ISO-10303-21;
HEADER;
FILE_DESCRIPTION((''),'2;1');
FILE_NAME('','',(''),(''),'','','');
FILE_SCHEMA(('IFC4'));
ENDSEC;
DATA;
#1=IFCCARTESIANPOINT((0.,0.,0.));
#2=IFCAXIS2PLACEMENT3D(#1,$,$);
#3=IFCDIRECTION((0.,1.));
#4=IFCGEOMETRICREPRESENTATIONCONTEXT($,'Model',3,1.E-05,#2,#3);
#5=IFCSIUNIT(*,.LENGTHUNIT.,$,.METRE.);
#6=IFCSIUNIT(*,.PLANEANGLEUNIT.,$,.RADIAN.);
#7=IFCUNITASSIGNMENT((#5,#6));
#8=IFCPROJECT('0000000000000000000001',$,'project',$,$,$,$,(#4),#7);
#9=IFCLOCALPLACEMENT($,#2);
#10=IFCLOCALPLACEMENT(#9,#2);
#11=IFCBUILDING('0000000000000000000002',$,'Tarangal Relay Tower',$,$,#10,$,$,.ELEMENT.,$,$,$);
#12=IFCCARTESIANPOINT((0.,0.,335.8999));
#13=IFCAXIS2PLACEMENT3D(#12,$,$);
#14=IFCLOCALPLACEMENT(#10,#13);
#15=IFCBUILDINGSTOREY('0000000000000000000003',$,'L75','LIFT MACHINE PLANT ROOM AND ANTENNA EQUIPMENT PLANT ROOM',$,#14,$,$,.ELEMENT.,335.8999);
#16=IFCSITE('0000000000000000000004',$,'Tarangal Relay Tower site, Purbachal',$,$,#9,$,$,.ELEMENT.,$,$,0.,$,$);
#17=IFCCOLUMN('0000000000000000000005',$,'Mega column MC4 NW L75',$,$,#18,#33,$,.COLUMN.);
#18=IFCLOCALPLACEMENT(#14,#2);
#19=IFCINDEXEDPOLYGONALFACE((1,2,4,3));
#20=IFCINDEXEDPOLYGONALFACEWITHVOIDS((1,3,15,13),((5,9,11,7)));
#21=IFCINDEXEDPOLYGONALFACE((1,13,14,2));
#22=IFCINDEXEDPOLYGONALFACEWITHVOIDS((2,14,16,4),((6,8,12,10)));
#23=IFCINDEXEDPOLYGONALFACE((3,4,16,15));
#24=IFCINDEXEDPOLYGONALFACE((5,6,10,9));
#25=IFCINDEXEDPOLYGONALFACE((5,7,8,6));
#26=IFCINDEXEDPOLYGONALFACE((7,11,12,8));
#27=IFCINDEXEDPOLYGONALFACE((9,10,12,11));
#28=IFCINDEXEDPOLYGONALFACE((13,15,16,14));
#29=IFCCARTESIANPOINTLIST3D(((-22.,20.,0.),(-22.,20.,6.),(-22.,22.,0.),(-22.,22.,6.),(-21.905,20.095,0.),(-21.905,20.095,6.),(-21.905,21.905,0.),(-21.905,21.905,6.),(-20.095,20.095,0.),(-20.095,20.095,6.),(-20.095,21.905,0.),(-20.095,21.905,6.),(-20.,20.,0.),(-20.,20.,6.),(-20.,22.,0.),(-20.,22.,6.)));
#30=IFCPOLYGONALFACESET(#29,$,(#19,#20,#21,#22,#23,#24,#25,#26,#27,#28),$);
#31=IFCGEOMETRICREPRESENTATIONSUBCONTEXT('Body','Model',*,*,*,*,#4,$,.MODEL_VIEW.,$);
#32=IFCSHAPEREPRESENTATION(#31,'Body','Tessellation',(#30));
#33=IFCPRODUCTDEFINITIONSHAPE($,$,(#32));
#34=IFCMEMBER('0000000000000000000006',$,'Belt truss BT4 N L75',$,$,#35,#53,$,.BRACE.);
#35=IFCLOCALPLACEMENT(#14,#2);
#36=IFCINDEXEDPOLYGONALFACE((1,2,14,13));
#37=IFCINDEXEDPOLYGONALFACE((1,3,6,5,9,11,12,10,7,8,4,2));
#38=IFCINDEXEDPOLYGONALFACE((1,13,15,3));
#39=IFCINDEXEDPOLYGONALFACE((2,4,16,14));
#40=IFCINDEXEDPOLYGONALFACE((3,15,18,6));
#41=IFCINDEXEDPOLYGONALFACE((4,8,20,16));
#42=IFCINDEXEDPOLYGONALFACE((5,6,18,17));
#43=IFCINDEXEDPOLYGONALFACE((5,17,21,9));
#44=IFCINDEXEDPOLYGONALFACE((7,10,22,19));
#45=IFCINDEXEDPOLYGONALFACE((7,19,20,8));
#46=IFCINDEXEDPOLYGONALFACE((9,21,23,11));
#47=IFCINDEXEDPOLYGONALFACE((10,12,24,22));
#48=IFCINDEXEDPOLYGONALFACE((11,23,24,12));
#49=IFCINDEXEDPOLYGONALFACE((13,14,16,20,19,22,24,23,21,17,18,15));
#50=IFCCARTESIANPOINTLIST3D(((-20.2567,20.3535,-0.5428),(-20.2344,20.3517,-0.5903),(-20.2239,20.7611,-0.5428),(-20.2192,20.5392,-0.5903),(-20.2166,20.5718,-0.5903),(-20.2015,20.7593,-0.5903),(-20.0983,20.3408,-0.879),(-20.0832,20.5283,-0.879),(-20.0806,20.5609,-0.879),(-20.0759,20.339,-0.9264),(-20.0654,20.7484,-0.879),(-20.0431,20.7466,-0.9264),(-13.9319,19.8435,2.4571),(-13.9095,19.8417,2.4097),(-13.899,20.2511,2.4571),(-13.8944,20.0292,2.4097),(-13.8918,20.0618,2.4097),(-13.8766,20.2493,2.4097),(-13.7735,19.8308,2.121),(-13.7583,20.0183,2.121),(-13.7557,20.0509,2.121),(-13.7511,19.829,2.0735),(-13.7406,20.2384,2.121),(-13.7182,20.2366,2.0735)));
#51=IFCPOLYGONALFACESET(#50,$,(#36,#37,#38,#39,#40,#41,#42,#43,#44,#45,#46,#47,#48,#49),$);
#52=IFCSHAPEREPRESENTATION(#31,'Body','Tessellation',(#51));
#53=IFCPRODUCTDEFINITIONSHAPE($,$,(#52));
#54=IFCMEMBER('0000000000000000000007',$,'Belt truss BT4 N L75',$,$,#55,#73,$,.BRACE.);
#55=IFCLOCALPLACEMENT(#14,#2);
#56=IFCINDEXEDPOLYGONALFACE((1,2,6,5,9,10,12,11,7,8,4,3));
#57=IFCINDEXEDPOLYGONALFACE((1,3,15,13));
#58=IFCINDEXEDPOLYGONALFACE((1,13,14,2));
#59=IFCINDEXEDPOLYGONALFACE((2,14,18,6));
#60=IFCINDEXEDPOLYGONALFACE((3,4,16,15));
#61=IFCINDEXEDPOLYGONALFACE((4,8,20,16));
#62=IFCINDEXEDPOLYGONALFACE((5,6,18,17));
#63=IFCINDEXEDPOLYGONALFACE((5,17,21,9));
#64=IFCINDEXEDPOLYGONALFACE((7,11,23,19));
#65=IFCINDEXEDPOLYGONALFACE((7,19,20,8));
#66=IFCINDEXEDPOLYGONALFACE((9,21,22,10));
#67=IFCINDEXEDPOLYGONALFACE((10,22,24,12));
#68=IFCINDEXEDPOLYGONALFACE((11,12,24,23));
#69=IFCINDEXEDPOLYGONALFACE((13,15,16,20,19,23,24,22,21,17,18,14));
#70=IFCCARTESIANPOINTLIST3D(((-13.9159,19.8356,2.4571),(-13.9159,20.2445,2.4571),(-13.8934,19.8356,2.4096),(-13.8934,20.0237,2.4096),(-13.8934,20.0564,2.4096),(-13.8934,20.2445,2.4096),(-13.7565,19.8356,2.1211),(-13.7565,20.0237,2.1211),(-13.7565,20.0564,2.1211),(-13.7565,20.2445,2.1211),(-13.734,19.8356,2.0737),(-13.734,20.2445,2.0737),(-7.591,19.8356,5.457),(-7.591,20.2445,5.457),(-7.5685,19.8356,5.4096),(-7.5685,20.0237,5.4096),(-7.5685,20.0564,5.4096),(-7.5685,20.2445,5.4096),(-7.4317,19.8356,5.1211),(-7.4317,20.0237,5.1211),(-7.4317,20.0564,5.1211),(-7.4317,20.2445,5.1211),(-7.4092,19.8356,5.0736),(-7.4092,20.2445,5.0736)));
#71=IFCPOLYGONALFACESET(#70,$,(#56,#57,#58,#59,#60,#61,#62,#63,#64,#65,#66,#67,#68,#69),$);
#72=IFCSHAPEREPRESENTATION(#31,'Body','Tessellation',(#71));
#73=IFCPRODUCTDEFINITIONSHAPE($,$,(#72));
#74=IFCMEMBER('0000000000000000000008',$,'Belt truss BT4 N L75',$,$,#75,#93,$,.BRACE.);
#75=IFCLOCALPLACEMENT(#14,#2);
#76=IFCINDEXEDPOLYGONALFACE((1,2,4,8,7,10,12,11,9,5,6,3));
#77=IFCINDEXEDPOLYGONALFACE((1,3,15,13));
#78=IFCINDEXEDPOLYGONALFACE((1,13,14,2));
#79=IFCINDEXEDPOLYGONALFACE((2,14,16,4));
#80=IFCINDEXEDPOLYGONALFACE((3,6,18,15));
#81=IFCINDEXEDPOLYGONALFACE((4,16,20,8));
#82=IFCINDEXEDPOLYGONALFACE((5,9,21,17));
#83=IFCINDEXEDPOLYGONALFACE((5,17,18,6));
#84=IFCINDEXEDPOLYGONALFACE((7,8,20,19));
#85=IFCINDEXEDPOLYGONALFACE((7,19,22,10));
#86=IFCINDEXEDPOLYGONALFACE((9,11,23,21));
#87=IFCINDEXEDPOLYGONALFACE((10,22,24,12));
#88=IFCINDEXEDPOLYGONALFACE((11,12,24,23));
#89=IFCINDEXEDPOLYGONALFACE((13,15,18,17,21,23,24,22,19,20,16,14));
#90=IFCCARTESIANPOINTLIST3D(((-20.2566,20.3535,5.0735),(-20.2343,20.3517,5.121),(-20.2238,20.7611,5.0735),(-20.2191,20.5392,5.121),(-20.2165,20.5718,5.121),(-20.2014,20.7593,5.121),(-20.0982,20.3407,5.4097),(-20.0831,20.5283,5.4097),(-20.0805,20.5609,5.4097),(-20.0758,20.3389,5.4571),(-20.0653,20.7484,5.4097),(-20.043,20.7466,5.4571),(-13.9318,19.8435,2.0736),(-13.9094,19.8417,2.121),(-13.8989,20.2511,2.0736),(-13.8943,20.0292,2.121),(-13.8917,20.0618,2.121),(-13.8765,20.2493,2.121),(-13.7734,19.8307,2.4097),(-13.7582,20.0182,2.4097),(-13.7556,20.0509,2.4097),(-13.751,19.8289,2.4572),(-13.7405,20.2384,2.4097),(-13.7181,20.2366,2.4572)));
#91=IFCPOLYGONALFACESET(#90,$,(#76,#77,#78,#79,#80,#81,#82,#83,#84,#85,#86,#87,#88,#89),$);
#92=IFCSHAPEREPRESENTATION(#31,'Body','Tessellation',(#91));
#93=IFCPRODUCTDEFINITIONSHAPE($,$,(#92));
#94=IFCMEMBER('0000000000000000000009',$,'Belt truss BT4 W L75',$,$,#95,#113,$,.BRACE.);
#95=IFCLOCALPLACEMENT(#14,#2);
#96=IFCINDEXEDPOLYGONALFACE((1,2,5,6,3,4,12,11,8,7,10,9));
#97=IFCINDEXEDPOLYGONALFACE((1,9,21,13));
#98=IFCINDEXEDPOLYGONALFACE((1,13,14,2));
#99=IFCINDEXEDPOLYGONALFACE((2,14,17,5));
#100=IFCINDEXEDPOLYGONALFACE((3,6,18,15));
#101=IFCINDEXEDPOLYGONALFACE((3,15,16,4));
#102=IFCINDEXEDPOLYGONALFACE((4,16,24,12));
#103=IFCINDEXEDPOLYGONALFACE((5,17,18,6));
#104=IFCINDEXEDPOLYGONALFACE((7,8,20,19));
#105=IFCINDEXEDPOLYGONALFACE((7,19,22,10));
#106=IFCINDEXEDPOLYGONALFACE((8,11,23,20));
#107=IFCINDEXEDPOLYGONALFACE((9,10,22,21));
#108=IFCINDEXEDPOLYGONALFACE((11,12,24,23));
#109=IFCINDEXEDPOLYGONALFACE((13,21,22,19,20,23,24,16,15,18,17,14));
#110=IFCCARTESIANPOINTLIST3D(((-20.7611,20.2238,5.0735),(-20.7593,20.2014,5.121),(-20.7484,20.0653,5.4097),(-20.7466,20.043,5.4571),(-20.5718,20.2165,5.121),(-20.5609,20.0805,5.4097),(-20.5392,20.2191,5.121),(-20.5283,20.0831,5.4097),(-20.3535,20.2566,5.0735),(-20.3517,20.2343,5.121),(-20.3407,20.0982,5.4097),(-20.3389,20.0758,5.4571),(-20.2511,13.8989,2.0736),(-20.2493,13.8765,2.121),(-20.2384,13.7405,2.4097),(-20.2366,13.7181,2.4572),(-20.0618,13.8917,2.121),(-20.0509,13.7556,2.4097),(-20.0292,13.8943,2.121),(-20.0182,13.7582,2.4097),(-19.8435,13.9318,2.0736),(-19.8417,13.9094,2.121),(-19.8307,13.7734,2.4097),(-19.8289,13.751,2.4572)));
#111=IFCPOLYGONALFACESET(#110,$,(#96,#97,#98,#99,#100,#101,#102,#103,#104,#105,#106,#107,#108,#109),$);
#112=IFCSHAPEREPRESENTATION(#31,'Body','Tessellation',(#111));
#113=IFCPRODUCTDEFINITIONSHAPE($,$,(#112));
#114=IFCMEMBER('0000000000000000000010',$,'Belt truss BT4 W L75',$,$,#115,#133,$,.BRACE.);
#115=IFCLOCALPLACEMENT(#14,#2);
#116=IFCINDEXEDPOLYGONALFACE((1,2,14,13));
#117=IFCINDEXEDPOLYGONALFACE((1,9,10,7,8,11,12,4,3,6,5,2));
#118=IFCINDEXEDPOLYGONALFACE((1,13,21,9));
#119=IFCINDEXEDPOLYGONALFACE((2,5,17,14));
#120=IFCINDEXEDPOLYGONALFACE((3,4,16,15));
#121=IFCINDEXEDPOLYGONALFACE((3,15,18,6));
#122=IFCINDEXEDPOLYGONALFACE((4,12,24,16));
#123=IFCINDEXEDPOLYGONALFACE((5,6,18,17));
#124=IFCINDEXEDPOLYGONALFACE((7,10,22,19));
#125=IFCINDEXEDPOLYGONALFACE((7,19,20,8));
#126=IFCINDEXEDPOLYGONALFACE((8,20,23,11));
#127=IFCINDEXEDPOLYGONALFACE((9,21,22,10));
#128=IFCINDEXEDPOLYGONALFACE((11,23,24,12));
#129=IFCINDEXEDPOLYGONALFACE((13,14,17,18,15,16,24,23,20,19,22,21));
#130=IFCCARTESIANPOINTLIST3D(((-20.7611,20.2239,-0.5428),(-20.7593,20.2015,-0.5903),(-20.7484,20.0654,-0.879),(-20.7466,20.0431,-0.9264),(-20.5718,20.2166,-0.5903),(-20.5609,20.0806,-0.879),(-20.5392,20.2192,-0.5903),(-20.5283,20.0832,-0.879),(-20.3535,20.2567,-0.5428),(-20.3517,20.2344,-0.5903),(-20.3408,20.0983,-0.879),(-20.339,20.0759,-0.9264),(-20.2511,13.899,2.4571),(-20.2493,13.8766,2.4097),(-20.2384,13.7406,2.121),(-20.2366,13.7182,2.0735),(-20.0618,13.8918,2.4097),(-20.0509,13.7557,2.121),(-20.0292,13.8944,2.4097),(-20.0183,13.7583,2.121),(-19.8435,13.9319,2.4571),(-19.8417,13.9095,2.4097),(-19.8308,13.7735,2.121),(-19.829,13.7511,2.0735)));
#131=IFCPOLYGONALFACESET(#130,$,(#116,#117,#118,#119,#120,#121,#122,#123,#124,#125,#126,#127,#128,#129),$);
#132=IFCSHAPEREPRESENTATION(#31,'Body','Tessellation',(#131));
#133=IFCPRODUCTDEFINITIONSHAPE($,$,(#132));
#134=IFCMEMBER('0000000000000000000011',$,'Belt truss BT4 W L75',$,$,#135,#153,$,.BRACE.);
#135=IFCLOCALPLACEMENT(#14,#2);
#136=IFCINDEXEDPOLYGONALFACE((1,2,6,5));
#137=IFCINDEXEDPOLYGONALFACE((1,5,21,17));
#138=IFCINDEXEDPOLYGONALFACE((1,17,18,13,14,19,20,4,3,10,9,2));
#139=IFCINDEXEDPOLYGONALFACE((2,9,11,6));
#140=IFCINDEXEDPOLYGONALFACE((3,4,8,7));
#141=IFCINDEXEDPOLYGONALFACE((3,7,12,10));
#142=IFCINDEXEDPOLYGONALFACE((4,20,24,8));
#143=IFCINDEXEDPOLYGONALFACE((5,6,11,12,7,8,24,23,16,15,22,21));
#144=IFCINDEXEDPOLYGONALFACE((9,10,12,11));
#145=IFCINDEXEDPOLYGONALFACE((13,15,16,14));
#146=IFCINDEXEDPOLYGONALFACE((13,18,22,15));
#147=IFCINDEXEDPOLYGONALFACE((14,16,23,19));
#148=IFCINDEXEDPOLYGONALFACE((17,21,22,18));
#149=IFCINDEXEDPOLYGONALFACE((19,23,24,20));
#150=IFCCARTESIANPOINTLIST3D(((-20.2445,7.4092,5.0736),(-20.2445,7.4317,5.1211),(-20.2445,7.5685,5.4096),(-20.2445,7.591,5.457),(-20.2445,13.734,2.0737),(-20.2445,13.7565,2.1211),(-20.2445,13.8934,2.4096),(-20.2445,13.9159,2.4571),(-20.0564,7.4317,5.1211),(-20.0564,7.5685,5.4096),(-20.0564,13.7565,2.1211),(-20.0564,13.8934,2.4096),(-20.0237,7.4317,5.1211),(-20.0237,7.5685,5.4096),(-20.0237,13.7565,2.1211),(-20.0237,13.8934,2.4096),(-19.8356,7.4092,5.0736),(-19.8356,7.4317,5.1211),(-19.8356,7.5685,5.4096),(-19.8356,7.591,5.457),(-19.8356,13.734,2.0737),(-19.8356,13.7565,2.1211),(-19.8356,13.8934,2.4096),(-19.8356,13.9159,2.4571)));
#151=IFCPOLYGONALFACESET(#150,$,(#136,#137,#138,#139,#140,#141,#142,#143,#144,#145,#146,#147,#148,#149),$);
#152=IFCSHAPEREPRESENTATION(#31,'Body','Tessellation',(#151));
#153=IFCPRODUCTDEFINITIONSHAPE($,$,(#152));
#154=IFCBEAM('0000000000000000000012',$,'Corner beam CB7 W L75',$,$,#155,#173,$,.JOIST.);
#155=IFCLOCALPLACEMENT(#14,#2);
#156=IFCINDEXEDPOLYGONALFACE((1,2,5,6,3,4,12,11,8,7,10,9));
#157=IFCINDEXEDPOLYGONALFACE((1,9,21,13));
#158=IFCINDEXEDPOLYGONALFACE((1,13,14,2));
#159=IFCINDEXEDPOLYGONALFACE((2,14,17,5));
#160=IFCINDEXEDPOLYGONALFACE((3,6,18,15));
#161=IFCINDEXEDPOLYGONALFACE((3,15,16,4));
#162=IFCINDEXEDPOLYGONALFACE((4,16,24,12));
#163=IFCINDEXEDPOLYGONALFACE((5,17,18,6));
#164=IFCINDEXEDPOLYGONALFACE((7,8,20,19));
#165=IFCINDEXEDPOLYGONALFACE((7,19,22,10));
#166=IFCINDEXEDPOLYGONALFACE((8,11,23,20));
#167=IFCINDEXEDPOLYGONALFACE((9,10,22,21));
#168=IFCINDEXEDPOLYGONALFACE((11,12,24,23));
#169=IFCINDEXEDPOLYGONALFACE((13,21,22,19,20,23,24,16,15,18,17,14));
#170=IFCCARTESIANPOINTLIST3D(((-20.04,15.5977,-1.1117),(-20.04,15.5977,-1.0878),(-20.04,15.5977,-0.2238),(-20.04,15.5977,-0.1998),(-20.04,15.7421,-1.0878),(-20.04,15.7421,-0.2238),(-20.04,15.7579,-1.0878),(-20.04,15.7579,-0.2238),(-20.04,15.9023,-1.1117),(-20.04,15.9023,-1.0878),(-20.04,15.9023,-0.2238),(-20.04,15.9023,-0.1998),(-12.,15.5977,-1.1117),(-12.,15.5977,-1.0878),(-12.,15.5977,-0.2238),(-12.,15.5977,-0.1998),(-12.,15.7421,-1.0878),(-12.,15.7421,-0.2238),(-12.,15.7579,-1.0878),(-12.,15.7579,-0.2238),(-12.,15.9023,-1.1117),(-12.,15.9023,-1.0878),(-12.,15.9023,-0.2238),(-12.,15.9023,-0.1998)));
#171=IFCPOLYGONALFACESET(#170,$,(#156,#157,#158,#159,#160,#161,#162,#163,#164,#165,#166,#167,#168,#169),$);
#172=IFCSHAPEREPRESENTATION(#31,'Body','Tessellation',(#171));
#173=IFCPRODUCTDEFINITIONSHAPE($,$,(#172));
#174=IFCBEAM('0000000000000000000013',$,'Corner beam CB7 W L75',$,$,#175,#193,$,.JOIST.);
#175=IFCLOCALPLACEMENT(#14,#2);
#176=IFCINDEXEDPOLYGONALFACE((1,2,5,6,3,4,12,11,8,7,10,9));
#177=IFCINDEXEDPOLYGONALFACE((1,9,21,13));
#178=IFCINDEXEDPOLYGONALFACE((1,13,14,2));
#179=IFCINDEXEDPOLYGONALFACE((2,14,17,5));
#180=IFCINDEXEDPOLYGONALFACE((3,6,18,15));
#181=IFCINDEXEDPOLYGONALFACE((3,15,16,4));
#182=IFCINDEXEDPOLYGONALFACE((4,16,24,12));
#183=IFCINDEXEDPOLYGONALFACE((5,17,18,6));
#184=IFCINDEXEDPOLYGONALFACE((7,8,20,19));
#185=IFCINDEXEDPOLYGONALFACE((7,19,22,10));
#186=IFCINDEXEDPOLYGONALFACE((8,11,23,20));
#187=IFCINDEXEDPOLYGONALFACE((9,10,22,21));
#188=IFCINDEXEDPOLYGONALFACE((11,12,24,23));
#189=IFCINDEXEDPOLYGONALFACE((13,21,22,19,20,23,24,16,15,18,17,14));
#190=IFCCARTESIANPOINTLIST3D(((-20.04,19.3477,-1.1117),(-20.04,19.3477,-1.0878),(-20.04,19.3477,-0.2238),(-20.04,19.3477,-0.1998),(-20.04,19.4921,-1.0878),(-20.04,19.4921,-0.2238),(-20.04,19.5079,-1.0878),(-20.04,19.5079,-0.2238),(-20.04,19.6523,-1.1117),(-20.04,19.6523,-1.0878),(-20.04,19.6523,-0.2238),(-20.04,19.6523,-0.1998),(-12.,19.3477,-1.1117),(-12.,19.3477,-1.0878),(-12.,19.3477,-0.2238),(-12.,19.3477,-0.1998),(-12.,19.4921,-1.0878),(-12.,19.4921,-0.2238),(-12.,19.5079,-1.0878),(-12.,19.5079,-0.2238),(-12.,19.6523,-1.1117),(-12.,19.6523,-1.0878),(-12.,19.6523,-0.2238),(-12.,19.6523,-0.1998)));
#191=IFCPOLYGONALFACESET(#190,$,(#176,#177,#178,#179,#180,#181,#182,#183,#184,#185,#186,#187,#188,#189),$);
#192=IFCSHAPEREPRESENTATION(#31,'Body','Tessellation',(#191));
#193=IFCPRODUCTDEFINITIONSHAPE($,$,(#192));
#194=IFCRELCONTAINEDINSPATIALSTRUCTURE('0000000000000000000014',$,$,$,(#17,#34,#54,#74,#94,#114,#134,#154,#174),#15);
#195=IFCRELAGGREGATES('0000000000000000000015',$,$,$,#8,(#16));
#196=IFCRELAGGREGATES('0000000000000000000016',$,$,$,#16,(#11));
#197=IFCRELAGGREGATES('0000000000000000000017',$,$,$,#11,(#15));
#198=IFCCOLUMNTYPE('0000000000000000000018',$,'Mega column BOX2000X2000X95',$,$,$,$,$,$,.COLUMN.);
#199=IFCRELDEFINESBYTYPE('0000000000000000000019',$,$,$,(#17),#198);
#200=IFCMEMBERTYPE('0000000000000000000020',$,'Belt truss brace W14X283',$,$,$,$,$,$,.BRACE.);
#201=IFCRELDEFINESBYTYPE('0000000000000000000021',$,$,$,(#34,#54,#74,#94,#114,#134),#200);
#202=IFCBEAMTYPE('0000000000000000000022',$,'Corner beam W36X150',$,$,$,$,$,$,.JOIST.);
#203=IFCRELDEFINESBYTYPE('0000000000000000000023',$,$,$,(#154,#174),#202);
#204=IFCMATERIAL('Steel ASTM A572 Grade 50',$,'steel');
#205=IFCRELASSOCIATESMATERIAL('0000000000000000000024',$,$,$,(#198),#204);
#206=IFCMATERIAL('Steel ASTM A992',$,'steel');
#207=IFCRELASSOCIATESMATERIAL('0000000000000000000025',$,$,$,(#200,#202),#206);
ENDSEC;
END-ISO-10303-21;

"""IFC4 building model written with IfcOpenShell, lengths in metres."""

from ifc_helpers import new_model, si_unit, direction, frame, origin, origin_2d, place, context, subcontext, project, spatial, hollow_rectangle, i_section, extrude, material, material_profile, profile_set, type_object, element, save


model = new_model("IFC4")

# Units and contexts
model_context = context("Model", 3, precision=1e-05, world=origin(), true_north=direction((0.0, 1.0)))
body_context = subcontext(model_context, "Body", "Model", "MODEL_VIEW")
ifc_project = project(units=[si_unit("LENGTHUNIT", "METRE"), si_unit("PLANEANGLEUNIT", "RADIAN")], contexts=[model_context])

# Site, building, storey
site_placement = place(None, origin())
site = spatial("IfcSite", under=ifc_project, at=site_placement, Name="Tarangal Relay Tower site, Purbachal", CompositionType="ELEMENT", RefElevation=0.0)
building_placement = place(site_placement, origin())
building = spatial("IfcBuilding", under=site, at=building_placement, Name="Tarangal Relay Tower", CompositionType="ELEMENT")
storey_placement = place(building_placement, frame((0.0, 0.0, 335.8999)))
storey = spatial("IfcBuildingStorey", under=building, at=storey_placement, Name="L75", Description="LIFT MACHINE PLANT ROOM AND ANTENNA EQUIPMENT PLANT ROOM", CompositionType="ELEMENT", Elevation=335.8999)

# Column
ifc_material_1 = material(Name="Steel ASTM A572 Grade 50", Category="steel")
ifc_material_profile_1 = material_profile(ifc_material_1, hollow_rectangle(XDim=2.0, YDim=2.0, WallThickness=0.095, at=origin_2d()), Name="BOX2000X2000X95")
ifc_profile_set_1 = profile_set([ifc_material_profile_1], Name="Steel ASTM A572 Grade 50")
column_type = type_object("IfcColumnType", Name="Mega column BOX2000X2000X95", PredefinedType="COLUMN", material=ifc_profile_set_1)
column_placement = place(storey_placement, frame((-21.0, 21.0, 0.0), z_axis=(0.0, 0.0, 1.0), x_axis=(1.0, 0.0, 0.0)))
element("IfcColumn", 1, at=column_placement, inside=storey, type_object=column_type, Name="Mega column MC4 NW L75", PredefinedType="COLUMN", context=body_context, shape_type="SweptSolid", body=[
    extrude(hollow_rectangle(XDim=2.0, YDim=2.0, WallThickness=0.095, at=origin_2d()), origin(), (0.0, 0.0, 1.0), 6.0),
])

# Members
ifc_material_2 = material(Name="Steel ASTM A992", Category="steel")
ifc_material_profile_2 = material_profile(ifc_material_2, i_section(OverallWidth=0.4089, OverallDepth=0.4243, WebThickness=0.0327, FlangeThickness=0.0525, at=origin_2d()), Name="W14X283")
ifc_profile_set_2 = profile_set([ifc_material_profile_2], Name="Steel ASTM A992")
member_type_1 = type_object("IfcMemberType", Name="Belt truss brace W14X283", PredefinedType="BRACE", material=ifc_profile_set_2)
member_1_placement = place(storey_placement, frame((-20.1499, 20.55, -0.7346), z_axis=(0.90113, -0.072662, 0.427417), x_axis=(0.080374, 0.996765, 0.0)))
element("IfcMember", 2, at=member_1_placement, inside=storey, type_object=member_type_1, Name="Belt truss BT4 N L75", PredefinedType="BRACE", context=body_context, shape_type="SweptSolid", body=[
    extrude(i_section(OverallWidth=0.4089, OverallDepth=0.4243, WebThickness=0.0327, FlangeThickness=0.0525, at=origin_2d()), origin(), (0.0, 0.0, 1.0), 7.0188),
])
member_2_placement = place(storey_placement, frame((-13.825, 20.04, 2.2654), z_axis=(0.903518, 0.0, 0.42855), x_axis=(0.0, 1.0, 0.0)))
element("IfcMember", 3, at=member_2_placement, inside=storey, type_object=member_type_1, Name="Belt truss BT4 N L75", PredefinedType="BRACE", context=body_context, shape_type="SweptSolid", body=[
    extrude(i_section(OverallWidth=0.4089, OverallDepth=0.4243, WebThickness=0.0327, FlangeThickness=0.0525, at=origin_2d()), origin(), (0.0, 0.0, 1.0), 7.0002),
])
for number, where, z_axis, x_axis, name in (
    (4, (-13.825, 20.04, 2.2654), (-0.90113, 0.072662, 0.427417), (-0.080374, -0.996765, 0.0), "Belt truss BT4 N L75"),
    (5, (-20.04, 13.825, 2.2654), (-0.072662, 0.90113, 0.427417), (-0.996765, -0.080374, 0.0), "Belt truss BT4 W L75"),
    (6, (-20.55, 20.1499, -0.7346), (0.072662, -0.90113, 0.427417), (0.996765, 0.080374, 0.0), "Belt truss BT4 W L75"),
):
    element("IfcMember", number, at=place(storey_placement, frame(where, z_axis=z_axis, x_axis=x_axis)), inside=storey, type_object=member_type_1, Name=name, PredefinedType="BRACE", context=body_context, shape_type="SweptSolid", body=[
        extrude(i_section(OverallWidth=0.4089, OverallDepth=0.4243, WebThickness=0.0327, FlangeThickness=0.0525, at=origin_2d()), origin(), (0.0, 0.0, 1.0), 7.0188),
    ])
member_3_placement = place(storey_placement, frame((-20.04, 13.825, 2.2654), z_axis=(0.0, -0.903518, 0.42855), x_axis=(1.0, 0.0, 0.0)))
element("IfcMember", 7, at=member_3_placement, inside=storey, type_object=member_type_1, Name="Belt truss BT4 W L75", PredefinedType="BRACE", context=body_context, shape_type="SweptSolid", body=[
    extrude(i_section(OverallWidth=0.4089, OverallDepth=0.4243, WebThickness=0.0327, FlangeThickness=0.0525, at=origin_2d()), origin(), (0.0, 0.0, 1.0), 7.0002),
])

# Beams
ifc_material_profile_3 = material_profile(ifc_material_2, i_section(OverallWidth=0.3047, OverallDepth=0.9119, WebThickness=0.0159, FlangeThickness=0.0239, at=origin_2d()), Name="W36X150")
ifc_profile_set_3 = profile_set([ifc_material_profile_3], Name="Steel ASTM A992")
beam_type_1 = type_object("IfcBeamType", Name="Corner beam W36X150", PredefinedType="JOIST", material=ifc_profile_set_3)
for number, where, z_axis, x_axis, name in (
    (8, (-12.0, 15.75, -0.6558), (-1.0, 0.0, 0.0), (0.0, -1.0, 0.0), "Corner beam CB7 W L75"),
    (9, (-12.0, 19.5, -0.6558), (-1.0, 0.0, 0.0), (0.0, -1.0, 0.0), "Corner beam CB7 W L75"),
):
    element("IfcBeam", number, at=place(storey_placement, frame(where, z_axis=z_axis, x_axis=x_axis)), inside=storey, type_object=beam_type_1, Name=name, PredefinedType="JOIST", context=body_context, shape_type="SweptSolid", body=[
        extrude(i_section(OverallWidth=0.3047, OverallDepth=0.9119, WebThickness=0.0159, FlangeThickness=0.0239, at=origin_2d()), origin(), (0.0, 0.0, 1.0), 8.04),
    ])

save(model, "model.ifc")
